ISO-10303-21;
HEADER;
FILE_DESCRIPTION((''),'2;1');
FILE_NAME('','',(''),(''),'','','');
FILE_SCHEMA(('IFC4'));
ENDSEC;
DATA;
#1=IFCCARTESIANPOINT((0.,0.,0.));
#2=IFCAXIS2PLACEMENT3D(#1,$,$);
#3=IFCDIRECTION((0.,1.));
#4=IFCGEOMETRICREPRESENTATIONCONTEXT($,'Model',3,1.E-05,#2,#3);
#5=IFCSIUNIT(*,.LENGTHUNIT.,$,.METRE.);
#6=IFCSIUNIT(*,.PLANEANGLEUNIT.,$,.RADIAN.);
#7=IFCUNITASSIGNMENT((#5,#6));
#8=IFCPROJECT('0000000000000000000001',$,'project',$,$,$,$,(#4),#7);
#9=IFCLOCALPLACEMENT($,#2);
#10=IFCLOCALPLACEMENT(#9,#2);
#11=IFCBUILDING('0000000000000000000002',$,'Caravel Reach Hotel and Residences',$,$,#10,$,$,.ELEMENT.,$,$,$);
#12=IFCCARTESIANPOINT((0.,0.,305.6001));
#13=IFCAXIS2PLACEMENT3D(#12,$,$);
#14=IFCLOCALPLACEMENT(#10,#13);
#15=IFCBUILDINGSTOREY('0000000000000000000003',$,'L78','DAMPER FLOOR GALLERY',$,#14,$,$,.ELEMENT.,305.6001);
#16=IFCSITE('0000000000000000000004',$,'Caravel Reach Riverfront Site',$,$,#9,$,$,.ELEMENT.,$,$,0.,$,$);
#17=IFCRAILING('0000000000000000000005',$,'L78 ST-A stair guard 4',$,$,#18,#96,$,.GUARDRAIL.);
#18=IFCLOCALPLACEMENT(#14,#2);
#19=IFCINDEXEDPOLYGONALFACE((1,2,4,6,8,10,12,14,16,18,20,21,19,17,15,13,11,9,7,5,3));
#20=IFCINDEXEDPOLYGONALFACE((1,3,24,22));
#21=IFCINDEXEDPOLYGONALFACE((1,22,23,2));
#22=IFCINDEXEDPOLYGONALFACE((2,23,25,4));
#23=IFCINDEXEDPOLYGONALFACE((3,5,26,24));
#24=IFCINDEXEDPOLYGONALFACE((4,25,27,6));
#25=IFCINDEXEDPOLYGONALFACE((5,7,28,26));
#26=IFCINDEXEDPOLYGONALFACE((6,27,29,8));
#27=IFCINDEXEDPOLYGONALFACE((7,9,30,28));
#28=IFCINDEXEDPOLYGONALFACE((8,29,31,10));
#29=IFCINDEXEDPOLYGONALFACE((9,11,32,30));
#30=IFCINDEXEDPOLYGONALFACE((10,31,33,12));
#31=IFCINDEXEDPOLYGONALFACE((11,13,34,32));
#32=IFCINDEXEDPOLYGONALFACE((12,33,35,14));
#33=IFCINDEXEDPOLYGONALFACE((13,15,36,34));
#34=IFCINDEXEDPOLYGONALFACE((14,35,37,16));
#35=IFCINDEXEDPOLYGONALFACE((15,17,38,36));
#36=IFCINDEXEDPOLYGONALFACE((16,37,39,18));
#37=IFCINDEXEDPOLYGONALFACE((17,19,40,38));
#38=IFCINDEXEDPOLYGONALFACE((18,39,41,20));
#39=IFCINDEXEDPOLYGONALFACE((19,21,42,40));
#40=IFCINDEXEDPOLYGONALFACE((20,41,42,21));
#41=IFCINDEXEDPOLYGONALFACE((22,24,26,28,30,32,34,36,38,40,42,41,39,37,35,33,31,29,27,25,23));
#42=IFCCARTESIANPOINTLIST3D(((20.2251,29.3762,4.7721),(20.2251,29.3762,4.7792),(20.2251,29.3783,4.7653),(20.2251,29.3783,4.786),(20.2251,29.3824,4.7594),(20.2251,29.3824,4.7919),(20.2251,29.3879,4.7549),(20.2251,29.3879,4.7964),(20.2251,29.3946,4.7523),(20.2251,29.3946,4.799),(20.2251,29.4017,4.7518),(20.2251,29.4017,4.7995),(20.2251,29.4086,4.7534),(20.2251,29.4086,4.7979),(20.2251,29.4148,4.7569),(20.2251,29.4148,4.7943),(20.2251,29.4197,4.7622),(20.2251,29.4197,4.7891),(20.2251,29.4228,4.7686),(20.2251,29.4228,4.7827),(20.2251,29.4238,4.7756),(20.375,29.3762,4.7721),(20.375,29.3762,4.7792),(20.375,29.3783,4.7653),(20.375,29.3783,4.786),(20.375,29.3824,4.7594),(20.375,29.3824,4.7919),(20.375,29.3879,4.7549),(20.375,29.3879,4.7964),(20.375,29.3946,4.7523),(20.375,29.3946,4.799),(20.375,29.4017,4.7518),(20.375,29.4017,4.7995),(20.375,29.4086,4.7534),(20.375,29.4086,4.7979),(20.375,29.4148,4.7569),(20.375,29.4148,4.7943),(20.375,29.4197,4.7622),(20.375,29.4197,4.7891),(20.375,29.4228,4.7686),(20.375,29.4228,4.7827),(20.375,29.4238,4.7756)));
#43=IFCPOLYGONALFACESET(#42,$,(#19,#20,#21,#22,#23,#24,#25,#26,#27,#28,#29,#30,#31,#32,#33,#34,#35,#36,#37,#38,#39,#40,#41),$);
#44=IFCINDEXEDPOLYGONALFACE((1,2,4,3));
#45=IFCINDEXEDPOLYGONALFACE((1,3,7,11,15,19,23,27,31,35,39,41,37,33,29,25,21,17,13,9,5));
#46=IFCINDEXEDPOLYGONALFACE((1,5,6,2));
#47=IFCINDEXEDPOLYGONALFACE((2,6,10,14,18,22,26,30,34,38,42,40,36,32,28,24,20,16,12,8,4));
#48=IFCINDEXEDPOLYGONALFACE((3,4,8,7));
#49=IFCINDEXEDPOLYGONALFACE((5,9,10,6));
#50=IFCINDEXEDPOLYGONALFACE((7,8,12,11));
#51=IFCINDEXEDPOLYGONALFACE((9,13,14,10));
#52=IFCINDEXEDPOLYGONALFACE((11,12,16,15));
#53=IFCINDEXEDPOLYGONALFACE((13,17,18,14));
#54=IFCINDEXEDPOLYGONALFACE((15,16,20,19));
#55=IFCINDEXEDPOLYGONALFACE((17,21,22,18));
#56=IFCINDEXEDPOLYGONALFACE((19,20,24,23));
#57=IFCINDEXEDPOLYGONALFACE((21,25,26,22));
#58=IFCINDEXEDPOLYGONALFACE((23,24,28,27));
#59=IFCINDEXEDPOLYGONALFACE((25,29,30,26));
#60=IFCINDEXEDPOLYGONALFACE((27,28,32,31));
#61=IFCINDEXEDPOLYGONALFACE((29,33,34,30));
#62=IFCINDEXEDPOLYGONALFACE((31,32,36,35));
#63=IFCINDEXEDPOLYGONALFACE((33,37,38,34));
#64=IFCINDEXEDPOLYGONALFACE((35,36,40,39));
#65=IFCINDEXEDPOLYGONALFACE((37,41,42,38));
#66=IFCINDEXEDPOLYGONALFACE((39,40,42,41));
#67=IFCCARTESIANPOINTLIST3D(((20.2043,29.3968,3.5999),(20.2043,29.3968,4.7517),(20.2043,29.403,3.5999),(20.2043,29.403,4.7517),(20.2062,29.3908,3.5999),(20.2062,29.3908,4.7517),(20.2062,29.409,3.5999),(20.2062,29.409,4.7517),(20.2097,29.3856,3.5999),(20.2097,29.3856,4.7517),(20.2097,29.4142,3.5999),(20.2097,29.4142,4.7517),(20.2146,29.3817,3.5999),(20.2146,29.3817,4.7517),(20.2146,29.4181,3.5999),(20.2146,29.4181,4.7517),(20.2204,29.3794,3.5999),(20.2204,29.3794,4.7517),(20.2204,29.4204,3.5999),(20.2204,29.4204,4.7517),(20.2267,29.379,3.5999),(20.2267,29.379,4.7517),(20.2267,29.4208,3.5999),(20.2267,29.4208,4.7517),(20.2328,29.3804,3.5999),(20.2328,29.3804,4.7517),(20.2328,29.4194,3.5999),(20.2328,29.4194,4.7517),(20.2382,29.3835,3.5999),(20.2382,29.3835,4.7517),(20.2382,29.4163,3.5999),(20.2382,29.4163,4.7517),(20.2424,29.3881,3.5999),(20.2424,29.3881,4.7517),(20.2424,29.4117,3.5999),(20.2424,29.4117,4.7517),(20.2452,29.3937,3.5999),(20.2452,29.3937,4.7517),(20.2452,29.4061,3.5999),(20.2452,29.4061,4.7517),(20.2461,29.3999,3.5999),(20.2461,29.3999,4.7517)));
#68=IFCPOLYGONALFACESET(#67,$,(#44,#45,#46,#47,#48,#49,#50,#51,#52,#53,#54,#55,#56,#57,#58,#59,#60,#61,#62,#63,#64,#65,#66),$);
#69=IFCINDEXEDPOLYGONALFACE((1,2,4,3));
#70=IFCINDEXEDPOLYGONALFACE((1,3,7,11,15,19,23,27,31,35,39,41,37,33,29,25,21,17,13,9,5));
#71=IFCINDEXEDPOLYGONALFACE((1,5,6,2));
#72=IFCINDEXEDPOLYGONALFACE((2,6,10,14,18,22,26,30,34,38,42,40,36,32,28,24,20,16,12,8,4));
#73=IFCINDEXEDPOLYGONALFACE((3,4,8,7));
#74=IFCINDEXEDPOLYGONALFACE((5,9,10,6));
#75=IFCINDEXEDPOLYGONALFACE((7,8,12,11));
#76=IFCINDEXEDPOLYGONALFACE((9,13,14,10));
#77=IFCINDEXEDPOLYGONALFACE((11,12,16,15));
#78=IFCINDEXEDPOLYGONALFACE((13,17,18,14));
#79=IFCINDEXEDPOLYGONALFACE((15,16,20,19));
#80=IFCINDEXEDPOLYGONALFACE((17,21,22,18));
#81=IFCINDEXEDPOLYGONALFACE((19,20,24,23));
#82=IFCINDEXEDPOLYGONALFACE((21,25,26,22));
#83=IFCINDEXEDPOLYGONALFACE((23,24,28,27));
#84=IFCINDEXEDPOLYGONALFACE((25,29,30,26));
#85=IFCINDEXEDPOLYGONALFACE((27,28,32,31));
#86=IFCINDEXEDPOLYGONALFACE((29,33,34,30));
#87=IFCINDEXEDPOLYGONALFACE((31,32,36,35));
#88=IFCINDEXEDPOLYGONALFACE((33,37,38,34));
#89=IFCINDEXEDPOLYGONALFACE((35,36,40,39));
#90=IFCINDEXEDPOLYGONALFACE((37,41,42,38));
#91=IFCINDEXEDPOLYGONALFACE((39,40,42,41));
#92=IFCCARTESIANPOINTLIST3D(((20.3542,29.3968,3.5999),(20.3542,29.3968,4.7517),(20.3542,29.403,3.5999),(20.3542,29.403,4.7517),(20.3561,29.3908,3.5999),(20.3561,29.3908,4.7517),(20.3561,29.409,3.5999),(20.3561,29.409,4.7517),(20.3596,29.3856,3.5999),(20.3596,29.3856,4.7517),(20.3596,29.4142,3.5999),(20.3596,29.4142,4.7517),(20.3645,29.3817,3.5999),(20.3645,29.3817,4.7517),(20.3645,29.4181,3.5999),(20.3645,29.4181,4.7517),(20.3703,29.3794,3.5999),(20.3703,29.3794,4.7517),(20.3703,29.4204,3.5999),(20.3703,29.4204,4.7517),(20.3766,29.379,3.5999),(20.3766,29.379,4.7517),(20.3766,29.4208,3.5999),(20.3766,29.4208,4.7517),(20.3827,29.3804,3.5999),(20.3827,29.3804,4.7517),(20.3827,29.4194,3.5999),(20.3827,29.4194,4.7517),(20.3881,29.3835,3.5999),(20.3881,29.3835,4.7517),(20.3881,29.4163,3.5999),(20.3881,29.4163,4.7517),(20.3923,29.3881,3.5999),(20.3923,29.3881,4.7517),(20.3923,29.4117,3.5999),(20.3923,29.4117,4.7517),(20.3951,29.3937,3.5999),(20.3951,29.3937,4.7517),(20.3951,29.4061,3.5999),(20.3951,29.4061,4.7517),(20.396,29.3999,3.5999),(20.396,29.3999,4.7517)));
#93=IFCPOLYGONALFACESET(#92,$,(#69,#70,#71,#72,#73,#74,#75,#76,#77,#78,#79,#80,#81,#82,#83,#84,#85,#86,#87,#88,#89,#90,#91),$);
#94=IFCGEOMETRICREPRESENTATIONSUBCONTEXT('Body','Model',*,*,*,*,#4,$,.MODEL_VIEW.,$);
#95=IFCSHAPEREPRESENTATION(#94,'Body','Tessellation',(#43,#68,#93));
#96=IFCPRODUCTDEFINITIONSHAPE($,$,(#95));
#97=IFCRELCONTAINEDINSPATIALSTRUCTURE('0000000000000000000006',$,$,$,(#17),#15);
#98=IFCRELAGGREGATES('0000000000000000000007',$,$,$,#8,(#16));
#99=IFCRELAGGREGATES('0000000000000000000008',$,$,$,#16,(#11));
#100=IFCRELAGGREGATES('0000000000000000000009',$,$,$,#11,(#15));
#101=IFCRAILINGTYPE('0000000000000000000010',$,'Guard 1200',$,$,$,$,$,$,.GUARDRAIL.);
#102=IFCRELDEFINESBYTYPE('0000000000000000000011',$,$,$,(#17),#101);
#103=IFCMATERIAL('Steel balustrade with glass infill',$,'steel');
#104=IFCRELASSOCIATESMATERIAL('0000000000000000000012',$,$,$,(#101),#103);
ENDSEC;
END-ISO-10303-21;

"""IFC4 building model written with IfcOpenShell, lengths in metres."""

from ifc_helpers import new_model, si_unit, direction, frame, origin, origin_2d, place, context, subcontext, project, spatial, circle, extrude, material, type_object, element, save


model = new_model("IFC4")

# Units and contexts
model_context = context("Model", 3, precision=1e-05, world=origin(), true_north=direction((0.0, 1.0)))
body_context = subcontext(model_context, "Body", "Model", "MODEL_VIEW")
ifc_project = project(units=[si_unit("LENGTHUNIT", "METRE"), si_unit("PLANEANGLEUNIT", "RADIAN")], contexts=[model_context])

# Site, building, storey
site_placement = place(None, origin())
site = spatial("IfcSite", under=ifc_project, at=site_placement, Name="Caravel Reach Riverfront Site", CompositionType="ELEMENT", RefElevation=0.0)
building_placement = place(site_placement, origin())
building = spatial("IfcBuilding", under=site, at=building_placement, Name="Caravel Reach Hotel and Residences", CompositionType="ELEMENT")
storey_placement = place(building_placement, frame((0.0, 0.0, 305.6001)))
storey = spatial("IfcBuildingStorey", under=building, at=storey_placement, Name="L78", Description="DAMPER FLOOR GALLERY", CompositionType="ELEMENT", Elevation=305.6001)

# Railing
ifc_material_1 = material(Name="Steel balustrade with glass infill", Category="steel")
railing_type_1 = type_object("IfcRailingType", Name="Guard 1200", PredefinedType="GUARDRAIL", material=ifc_material_1)
railing_1_placement = place(storey_placement, frame((20.2251, 29.3999, 3.5999)))
element("IfcRailing", 1, at=railing_1_placement, inside=storey, type_object=railing_type_1, Name="L78 ST-A stair guard 4", PredefinedType="GUARDRAIL", context=body_context, shape_type="SweptSolid", body=[
    extrude(circle(Radius=0.0239, at=origin_2d()), frame((0.0, 0.0, 1.1758), z_axis=(1.0, 0.0, 0.0), x_axis=(0.0, 1.0, 0.0)), (0.0, 0.0, 1.0), 0.1499),
    extrude(circle(Radius=0.021, at=origin_2d()), origin(), (0.0, 0.0, 1.0), 1.1519),
    extrude(circle(Radius=0.021, at=origin_2d()), frame((0.1499, 0.0, 0.0)), (0.0, 0.0, 1.0), 1.1519),
])

save(model, "model.ifc")
